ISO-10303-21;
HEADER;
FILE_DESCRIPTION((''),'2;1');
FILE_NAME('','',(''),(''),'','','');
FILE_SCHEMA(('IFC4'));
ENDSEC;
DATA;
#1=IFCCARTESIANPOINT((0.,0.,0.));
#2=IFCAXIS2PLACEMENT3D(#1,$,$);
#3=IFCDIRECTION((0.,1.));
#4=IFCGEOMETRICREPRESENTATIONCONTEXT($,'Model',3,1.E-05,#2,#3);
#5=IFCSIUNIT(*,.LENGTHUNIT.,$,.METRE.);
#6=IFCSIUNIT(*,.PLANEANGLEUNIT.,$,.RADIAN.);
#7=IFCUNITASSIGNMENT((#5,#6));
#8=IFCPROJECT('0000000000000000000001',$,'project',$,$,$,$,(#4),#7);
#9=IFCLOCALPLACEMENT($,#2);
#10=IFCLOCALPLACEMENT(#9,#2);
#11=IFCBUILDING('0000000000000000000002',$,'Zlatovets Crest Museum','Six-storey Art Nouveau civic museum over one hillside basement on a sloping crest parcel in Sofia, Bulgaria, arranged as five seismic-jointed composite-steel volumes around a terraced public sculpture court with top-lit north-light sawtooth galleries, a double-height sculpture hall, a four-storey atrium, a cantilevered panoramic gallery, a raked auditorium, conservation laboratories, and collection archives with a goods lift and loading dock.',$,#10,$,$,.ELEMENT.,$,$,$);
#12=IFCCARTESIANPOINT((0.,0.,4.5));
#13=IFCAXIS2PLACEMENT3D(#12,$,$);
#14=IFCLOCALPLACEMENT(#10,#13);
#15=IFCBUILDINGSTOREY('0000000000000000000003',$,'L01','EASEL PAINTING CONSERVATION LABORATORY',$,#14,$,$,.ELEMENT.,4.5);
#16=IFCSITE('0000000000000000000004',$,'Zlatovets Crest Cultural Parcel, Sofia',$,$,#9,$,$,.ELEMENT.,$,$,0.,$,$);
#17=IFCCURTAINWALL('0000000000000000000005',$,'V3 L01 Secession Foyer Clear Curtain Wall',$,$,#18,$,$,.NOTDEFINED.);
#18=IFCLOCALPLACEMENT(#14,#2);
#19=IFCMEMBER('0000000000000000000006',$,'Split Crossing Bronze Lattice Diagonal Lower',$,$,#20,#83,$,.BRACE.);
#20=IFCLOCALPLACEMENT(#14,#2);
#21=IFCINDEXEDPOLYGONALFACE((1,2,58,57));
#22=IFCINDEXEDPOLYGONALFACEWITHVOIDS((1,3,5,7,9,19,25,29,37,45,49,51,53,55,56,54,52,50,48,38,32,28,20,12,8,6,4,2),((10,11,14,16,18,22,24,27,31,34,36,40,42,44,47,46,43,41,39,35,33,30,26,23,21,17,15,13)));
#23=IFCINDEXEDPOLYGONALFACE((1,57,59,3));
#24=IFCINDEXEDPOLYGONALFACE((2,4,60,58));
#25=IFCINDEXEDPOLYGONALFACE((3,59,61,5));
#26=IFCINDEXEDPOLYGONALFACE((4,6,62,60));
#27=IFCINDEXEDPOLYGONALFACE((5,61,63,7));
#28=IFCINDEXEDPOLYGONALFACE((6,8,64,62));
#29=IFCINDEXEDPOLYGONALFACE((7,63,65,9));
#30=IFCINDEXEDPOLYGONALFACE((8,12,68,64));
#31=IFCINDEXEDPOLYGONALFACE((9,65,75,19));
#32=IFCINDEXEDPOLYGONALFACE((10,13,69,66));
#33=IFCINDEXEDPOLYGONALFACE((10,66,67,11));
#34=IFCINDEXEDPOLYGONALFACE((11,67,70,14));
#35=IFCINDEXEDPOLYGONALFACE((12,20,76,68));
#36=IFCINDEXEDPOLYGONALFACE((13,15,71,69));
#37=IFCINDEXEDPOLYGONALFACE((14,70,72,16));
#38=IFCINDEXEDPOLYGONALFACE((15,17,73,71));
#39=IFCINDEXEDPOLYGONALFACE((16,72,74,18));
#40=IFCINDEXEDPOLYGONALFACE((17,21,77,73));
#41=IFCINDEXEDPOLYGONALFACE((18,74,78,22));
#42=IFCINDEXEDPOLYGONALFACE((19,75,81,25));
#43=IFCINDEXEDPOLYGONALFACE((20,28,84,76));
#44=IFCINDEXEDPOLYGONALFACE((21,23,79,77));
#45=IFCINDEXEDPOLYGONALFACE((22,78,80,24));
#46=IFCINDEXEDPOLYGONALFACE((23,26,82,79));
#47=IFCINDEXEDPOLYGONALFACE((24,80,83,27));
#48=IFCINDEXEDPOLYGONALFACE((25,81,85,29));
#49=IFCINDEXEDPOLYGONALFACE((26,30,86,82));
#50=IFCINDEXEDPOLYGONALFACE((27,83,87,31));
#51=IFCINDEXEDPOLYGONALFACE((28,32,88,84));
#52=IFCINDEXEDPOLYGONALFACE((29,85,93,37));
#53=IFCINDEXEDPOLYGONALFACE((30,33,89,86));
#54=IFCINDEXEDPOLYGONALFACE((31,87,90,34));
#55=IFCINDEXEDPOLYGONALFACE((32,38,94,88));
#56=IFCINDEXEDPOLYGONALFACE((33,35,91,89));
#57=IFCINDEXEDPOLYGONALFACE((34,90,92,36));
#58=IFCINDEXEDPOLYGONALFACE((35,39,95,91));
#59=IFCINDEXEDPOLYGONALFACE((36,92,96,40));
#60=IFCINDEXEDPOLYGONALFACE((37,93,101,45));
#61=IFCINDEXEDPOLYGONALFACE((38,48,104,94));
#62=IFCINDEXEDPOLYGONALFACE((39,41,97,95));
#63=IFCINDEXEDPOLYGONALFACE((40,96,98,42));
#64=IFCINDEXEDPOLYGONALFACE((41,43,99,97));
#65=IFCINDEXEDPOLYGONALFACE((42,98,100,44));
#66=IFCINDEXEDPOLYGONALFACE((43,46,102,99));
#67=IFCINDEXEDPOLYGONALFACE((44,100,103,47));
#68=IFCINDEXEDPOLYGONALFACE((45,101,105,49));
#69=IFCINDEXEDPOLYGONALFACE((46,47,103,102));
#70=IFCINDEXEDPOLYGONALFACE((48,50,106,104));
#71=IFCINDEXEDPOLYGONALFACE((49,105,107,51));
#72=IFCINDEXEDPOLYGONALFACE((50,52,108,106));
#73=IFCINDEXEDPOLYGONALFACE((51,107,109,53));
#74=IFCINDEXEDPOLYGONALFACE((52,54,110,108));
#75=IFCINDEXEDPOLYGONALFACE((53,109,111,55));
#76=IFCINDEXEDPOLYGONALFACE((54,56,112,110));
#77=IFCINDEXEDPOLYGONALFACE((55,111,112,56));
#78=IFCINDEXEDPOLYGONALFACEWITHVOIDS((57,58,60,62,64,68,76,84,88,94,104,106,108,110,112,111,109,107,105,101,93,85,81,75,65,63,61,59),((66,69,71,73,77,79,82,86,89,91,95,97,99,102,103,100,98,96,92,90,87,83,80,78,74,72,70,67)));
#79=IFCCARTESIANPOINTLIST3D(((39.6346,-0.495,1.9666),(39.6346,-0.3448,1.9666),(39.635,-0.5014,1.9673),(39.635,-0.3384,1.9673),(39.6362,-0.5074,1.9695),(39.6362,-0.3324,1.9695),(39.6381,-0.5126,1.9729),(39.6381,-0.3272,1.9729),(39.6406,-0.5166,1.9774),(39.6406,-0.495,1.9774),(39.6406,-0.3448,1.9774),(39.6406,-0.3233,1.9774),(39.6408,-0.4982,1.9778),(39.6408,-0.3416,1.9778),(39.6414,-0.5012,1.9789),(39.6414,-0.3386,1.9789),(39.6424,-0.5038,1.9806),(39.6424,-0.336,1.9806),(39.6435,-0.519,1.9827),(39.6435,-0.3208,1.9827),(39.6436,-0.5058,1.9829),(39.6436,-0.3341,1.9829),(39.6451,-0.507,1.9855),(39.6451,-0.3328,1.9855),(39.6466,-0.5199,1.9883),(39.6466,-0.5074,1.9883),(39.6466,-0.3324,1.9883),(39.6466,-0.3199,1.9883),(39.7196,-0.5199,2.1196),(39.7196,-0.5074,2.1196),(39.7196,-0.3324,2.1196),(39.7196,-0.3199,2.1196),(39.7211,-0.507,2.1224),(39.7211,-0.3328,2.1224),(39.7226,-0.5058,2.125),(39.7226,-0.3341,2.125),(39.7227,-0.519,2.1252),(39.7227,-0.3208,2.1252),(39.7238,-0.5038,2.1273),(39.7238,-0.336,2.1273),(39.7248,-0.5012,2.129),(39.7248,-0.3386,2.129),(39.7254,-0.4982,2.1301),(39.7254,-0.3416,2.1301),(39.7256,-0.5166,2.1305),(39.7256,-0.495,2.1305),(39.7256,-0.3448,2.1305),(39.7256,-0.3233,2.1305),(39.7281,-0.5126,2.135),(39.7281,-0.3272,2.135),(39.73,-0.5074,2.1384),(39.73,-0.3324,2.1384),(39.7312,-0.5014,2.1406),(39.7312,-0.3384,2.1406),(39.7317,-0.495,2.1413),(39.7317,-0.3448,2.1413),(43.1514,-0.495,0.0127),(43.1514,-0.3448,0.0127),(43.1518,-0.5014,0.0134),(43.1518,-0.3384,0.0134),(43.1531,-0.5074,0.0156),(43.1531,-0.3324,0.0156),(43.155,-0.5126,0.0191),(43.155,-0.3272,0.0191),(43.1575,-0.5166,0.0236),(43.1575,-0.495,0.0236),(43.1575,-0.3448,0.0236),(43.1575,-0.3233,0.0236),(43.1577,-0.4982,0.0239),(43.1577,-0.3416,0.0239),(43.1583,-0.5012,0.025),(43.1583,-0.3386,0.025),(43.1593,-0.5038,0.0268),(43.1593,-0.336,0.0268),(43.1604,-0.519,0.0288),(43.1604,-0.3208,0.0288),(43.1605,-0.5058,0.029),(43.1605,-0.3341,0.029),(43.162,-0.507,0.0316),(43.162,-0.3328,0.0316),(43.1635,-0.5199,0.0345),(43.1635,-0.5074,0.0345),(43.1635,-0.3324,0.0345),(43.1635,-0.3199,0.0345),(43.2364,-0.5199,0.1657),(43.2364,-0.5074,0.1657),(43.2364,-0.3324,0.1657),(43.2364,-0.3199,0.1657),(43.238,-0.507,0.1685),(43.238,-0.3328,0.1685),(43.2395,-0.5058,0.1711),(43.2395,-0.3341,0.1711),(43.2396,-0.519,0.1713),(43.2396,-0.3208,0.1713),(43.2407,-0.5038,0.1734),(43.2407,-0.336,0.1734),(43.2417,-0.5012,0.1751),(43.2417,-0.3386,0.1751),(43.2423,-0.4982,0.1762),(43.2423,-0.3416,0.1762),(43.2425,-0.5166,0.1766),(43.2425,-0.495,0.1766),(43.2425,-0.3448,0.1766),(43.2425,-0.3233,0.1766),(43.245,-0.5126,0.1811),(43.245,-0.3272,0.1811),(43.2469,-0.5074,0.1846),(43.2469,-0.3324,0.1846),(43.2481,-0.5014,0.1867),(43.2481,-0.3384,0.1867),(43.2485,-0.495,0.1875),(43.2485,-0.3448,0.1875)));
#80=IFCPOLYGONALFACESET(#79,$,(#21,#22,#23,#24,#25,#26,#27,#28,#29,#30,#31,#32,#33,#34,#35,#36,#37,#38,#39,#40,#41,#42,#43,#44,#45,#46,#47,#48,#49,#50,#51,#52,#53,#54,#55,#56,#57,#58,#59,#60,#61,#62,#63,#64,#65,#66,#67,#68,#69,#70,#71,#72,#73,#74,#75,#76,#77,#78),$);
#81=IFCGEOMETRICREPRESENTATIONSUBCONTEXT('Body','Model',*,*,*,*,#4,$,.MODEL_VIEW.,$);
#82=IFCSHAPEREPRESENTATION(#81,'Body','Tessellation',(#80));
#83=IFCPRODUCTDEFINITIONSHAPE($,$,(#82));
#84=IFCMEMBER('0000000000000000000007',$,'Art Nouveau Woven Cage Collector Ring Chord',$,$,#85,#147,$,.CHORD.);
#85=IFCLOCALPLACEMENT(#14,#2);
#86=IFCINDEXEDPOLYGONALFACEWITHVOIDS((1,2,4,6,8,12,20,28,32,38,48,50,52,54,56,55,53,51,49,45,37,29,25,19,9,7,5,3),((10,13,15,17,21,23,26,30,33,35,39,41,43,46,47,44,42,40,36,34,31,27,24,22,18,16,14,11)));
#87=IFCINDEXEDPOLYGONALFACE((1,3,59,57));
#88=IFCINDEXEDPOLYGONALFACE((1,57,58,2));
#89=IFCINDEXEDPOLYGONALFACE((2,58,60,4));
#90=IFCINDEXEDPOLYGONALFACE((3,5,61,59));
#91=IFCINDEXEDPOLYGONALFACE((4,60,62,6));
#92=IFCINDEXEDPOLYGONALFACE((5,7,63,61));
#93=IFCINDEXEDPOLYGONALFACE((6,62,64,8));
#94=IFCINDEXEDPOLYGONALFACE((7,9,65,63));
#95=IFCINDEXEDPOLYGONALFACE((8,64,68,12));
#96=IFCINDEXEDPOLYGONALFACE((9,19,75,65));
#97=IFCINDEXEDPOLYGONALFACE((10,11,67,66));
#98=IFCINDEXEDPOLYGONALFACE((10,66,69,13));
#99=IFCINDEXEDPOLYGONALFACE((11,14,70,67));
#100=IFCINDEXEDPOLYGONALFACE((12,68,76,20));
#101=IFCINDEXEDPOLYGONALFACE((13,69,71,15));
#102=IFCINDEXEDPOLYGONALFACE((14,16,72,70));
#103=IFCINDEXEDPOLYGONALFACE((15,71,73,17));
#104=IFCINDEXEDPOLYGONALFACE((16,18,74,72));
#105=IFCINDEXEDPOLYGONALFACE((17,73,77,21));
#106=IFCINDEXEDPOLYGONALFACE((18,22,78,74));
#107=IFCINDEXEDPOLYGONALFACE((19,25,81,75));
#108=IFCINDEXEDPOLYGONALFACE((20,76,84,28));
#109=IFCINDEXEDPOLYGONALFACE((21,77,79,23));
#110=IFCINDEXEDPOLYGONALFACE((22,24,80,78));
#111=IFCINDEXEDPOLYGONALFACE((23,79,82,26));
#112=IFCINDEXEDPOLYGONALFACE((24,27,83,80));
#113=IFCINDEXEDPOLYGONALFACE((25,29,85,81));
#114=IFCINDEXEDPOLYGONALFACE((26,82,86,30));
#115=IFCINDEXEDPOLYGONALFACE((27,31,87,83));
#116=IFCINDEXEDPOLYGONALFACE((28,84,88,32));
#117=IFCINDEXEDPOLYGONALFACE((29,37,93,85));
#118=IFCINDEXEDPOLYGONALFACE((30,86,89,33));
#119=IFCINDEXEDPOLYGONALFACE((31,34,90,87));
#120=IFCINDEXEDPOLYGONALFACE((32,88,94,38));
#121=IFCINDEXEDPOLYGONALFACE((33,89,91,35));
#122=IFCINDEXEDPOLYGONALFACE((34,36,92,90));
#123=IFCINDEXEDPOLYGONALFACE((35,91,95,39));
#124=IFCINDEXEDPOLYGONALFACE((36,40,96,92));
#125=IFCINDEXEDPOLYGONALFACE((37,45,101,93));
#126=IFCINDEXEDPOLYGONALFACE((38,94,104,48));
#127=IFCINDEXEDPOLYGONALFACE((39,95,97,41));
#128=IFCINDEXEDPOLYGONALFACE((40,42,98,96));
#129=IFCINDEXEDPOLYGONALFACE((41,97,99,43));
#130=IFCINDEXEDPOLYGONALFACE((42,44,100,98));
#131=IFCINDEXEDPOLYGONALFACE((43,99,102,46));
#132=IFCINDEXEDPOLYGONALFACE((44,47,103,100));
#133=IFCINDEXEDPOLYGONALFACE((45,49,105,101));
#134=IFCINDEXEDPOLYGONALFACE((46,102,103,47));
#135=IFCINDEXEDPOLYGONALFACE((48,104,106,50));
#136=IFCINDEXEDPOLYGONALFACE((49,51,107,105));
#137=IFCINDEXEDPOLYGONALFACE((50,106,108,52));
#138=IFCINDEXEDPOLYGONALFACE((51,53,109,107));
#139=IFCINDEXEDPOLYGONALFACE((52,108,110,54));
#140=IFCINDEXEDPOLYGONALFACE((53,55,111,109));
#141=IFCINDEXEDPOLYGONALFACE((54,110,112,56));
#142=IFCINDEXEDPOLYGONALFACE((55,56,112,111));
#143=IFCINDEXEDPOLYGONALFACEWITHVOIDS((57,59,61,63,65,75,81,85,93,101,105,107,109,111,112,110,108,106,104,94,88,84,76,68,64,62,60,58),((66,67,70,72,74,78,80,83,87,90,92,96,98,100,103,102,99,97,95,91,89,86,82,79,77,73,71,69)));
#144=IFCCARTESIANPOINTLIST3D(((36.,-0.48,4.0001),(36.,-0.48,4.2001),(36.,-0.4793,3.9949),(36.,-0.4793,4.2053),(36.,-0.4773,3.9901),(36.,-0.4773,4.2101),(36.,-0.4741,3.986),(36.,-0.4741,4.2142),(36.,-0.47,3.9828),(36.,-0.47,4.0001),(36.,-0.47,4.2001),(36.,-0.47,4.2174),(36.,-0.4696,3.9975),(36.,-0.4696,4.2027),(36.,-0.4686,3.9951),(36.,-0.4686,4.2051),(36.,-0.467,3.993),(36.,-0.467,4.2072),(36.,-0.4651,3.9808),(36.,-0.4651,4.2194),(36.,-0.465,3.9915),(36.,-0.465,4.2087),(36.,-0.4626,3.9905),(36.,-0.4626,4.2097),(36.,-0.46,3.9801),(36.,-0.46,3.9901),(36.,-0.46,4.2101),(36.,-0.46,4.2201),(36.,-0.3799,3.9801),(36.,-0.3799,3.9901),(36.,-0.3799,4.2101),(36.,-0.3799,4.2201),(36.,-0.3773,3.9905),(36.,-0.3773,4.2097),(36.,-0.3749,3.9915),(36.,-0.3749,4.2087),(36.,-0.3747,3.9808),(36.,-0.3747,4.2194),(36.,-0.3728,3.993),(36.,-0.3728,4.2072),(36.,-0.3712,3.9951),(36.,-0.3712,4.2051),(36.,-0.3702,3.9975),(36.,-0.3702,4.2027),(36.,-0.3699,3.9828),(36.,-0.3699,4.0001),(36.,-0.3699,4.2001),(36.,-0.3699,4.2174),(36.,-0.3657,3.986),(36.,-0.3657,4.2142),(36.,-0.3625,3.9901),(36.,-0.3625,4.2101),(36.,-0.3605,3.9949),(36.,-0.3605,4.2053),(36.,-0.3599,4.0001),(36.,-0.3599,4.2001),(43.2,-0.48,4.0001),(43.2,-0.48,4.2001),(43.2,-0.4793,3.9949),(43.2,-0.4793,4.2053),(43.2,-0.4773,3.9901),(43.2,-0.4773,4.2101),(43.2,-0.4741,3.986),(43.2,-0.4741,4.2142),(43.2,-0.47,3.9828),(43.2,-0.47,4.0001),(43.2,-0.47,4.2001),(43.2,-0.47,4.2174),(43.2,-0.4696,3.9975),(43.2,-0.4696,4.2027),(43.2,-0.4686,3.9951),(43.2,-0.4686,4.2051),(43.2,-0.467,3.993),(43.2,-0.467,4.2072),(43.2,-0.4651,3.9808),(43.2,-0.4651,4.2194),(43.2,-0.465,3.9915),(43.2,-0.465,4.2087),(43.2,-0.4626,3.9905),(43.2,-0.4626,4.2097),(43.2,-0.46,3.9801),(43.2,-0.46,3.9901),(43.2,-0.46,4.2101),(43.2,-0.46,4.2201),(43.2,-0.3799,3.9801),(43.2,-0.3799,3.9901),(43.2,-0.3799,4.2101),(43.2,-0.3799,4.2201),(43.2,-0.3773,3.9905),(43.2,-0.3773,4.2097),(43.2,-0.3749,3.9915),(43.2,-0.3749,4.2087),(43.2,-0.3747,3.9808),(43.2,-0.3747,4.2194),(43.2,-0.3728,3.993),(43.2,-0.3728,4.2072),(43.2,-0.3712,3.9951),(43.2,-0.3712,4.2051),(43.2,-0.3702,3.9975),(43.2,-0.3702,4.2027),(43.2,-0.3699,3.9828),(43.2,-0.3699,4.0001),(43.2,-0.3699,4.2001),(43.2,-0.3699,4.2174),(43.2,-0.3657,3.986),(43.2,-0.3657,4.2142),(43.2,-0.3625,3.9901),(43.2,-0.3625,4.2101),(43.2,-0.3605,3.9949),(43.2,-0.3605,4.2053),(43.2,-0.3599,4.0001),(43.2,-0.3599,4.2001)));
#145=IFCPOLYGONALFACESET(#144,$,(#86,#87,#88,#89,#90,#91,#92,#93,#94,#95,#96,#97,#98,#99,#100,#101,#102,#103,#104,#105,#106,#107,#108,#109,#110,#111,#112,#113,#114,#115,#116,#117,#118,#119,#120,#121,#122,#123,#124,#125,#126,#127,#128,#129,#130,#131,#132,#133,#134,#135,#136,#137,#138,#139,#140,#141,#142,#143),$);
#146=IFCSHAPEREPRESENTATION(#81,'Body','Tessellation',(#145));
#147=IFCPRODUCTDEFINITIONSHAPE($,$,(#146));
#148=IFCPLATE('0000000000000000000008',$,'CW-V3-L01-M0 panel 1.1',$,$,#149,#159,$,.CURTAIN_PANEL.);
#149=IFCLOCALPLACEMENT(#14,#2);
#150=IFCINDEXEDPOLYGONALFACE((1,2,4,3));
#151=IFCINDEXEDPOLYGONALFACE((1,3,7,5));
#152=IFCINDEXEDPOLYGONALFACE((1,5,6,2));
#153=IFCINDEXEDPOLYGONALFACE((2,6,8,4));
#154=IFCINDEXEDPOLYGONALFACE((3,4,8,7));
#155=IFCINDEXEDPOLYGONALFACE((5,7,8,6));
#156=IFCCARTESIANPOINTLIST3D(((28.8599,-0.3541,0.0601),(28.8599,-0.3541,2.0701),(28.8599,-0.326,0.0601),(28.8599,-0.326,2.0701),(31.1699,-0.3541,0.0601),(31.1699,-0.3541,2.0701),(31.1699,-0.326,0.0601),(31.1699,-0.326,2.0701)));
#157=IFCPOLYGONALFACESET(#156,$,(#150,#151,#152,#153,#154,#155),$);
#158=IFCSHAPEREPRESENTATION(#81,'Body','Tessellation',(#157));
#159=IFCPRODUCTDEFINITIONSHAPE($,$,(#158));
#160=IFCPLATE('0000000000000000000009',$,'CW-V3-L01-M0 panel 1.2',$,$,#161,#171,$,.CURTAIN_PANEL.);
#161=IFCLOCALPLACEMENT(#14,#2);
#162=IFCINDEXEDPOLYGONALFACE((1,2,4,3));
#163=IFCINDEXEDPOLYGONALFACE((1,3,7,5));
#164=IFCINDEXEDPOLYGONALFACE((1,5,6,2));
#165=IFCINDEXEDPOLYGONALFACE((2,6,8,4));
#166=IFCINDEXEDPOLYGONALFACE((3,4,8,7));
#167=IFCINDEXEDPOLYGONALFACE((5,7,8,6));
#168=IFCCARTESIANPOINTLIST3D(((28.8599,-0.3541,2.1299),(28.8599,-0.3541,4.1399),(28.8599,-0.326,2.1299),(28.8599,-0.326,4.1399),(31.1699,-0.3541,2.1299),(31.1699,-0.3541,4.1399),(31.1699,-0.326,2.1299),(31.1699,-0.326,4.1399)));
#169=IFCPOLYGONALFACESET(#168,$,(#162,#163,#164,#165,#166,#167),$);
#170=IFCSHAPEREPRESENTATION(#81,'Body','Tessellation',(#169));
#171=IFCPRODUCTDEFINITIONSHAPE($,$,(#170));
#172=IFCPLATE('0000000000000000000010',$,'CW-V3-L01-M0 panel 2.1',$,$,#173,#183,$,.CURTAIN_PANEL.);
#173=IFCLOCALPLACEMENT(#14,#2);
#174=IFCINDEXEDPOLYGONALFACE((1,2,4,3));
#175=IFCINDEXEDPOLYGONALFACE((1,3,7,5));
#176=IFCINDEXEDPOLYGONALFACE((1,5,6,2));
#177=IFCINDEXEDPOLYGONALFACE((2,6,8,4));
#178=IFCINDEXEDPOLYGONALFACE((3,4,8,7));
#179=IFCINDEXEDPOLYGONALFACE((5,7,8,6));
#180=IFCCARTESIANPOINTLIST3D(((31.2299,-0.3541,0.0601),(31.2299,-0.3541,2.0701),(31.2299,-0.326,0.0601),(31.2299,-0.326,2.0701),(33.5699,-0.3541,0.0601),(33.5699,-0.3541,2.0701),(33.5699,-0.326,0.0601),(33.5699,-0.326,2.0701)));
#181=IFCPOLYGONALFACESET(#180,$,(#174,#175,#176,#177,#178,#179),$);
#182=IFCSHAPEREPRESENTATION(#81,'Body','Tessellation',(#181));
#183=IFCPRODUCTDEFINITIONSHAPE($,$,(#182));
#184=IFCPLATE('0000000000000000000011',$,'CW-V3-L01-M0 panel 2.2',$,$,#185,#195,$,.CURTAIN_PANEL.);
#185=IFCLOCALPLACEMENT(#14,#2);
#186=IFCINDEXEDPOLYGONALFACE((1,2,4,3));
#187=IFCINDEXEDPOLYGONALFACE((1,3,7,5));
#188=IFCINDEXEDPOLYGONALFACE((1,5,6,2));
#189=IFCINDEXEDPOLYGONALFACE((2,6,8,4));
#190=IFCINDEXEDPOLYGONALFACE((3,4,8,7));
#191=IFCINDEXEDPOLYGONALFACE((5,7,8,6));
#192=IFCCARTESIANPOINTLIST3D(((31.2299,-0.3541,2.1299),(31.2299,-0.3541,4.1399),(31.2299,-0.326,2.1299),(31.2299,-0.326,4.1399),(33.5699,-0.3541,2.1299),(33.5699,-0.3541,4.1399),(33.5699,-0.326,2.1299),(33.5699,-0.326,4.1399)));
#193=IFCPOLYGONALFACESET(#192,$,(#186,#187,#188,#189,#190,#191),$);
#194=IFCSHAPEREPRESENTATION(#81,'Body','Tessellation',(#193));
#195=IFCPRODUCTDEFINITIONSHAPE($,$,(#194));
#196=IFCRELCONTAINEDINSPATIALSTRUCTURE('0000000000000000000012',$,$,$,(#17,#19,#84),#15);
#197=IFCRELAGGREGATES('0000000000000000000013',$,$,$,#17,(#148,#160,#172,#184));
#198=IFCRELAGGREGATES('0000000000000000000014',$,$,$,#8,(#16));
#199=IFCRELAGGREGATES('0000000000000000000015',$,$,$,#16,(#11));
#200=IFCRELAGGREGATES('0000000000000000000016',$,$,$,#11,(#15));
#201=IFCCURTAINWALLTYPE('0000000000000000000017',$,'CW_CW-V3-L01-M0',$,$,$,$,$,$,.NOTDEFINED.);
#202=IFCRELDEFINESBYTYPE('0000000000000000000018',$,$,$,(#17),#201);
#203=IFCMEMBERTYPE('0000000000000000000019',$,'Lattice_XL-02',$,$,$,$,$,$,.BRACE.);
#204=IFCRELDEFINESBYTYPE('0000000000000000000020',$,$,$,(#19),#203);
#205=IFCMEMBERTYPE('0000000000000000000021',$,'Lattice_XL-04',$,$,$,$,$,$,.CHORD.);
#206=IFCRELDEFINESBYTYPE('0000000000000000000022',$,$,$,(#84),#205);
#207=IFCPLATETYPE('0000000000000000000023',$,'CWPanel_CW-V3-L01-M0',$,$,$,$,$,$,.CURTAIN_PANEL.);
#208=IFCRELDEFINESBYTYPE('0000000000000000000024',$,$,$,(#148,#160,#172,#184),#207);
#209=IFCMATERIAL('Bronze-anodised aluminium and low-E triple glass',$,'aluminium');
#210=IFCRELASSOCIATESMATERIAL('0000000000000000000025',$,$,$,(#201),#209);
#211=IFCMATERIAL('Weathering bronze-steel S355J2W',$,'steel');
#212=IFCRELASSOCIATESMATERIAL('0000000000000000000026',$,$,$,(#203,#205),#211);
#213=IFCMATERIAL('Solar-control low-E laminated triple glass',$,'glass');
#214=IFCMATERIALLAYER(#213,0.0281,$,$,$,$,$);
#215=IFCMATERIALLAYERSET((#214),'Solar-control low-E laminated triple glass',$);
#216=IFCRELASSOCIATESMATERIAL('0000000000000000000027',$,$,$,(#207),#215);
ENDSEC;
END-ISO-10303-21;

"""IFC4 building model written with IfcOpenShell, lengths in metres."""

from ifc_helpers import new_model, si_unit, direction, frame, origin, origin_2d, place, context, subcontext, project, spatial, rectangle, hollow_rectangle, extrude, material, layer, layer_set, material_profile, profile_set, type_object, element, aggregate, save


model = new_model("IFC4")

# Units and contexts
model_context = context("Model", 3, precision=1e-05, world=origin(), true_north=direction((0.0, 1.0)))
body_context = subcontext(model_context, "Body", "Model", "MODEL_VIEW")
ifc_project = project(units=[si_unit("LENGTHUNIT", "METRE"), si_unit("PLANEANGLEUNIT", "RADIAN")], contexts=[model_context])

# Site, building, storey
site_placement = place(None, origin())
site = spatial("IfcSite", under=ifc_project, at=site_placement, Name="Zlatovets Crest Cultural Parcel, Sofia", CompositionType="ELEMENT", RefElevation=0.0)
building_placement = place(site_placement, origin())
building = spatial("IfcBuilding", under=site, at=building_placement, Name="Zlatovets Crest Museum", Description="Six-storey Art Nouveau civic museum over one hillside basement on a sloping crest parcel in Sofia, Bulgaria, arranged as five seismic-jointed composite-steel volumes around a terraced public sculpture court with top-lit north-light sawtooth galleries, a double-height sculpture hall, a four-storey atrium, a cantilevered panoramic gallery, a raked auditorium, conservation laboratories, and collection archives with a goods lift and loading dock.", CompositionType="ELEMENT")
storey_placement = place(building_placement, frame((0.0, 0.0, 4.5)))
storey = spatial("IfcBuildingStorey", under=building, at=storey_placement, Name="L01", Description="EASEL PAINTING CONSERVATION LABORATORY", CompositionType="ELEMENT", Elevation=4.5)

# Curtain wall
ifc_material_1 = material(Name="Bronze-anodised aluminium and low-E triple glass", Category="aluminium")
curtain_wall_type_1 = type_object("IfcCurtainWallType", Name="CW_CW-V3-L01-M0", PredefinedType="NOTDEFINED", material=ifc_material_1)
curtain_wall_1_placement = place(storey_placement, origin())
curtain_wall_1 = element("IfcCurtainWall", 1, at=curtain_wall_1_placement, inside=storey, type_object=curtain_wall_type_1, Name="V3 L01 Secession Foyer Clear Curtain Wall", PredefinedType="NOTDEFINED")

# Members
ifc_material_2 = material(Name="Weathering bronze-steel S355J2W", Category="steel")
ifc_material_profile_1 = material_profile(ifc_material_2, hollow_rectangle(XDim=0.2, YDim=0.2, WallThickness=0.0125, InnerFilletRadius=0.0125, OuterFilletRadius=0.0249, at=origin_2d()), Name="SHS 200x200x12.5")
ifc_profile_set_1 = profile_set([ifc_material_profile_1], Name="Weathering bronze-steel S355J2W")
member_type_1 = type_object("IfcMemberType", Name="Lattice_XL-02", PredefinedType="BRACE", material=ifc_profile_set_1)
member_1_placement = place(storey_placement, frame((39.6831, -0.4199, 2.054), z_axis=(0.874152, 0.0, -0.485653), x_axis=(0.0, 1.0, 0.0)))
element("IfcMember", 2, at=member_1_placement, inside=storey, type_object=member_type_1, Name="Split Crossing Bronze Lattice Diagonal Lower", PredefinedType="BRACE", context=body_context, shape_type="SweptSolid", body=[
    extrude(hollow_rectangle(XDim=0.2, YDim=0.2, WallThickness=0.0125, InnerFilletRadius=0.0125, OuterFilletRadius=0.0249, at=origin_2d()), origin(), (0.0, 0.0, 1.0), 4.0232),
])
ifc_material_profile_2 = material_profile(ifc_material_2, hollow_rectangle(XDim=0.1201, YDim=0.24, WallThickness=0.01, InnerFilletRadius=0.01, OuterFilletRadius=0.02, at=origin_2d()), Name="RHS 120x240x10.0")
ifc_profile_set_2 = profile_set([ifc_material_profile_2], Name="Weathering bronze-steel S355J2W")
member_type_2 = type_object("IfcMemberType", Name="Lattice_XL-04", PredefinedType="CHORD", material=ifc_profile_set_2)
member_2_placement = place(storey_placement, frame((36.0, -0.4199, 4.1001), z_axis=(1.0, 0.0, 0.0), x_axis=(0.0, 1.0, 0.0)))
element("IfcMember", 3, at=member_2_placement, inside=storey, type_object=member_type_2, Name="Art Nouveau Woven Cage Collector Ring Chord", PredefinedType="CHORD", context=body_context, shape_type="SweptSolid", body=[
    extrude(hollow_rectangle(XDim=0.1201, YDim=0.24, WallThickness=0.01, InnerFilletRadius=0.01, OuterFilletRadius=0.02, at=origin_2d()), origin(), (0.0, 0.0, 1.0), 7.2),
])

# Plates
ifc_material_3 = material(Name="Solar-control low-E laminated triple glass", Category="glass")
ifc_layer_1 = layer(ifc_material_3, 0.0281)
ifc_layer_set_1 = layer_set([ifc_layer_1], Name="Solar-control low-E laminated triple glass")
plate_type_1 = type_object("IfcPlateType", Name="CWPanel_CW-V3-L01-M0", PredefinedType="CURTAIN_PANEL", material=ifc_layer_set_1)
plate_1_placement = place(storey_placement, frame((30.0149, -0.3401, 0.0601), z_axis=(0.0, 0.0, 1.0), x_axis=(1.0, 0.0, 0.0)))
plate_1 = element("IfcPlate", 4, at=plate_1_placement, type_object=plate_type_1, Name="CW-V3-L01-M0 panel 1.1", PredefinedType="CURTAIN_PANEL", context=body_context, shape_type="SweptSolid", body=[
    extrude(rectangle(XDim=2.3101, YDim=0.0281, at=origin_2d()), origin(), (0.0, 0.0, 1.0), 2.01),
])
plate_2_placement = place(storey_placement, frame((30.0149, -0.3401, 2.1299), z_axis=(0.0, 0.0, 1.0), x_axis=(1.0, 0.0, 0.0)))
plate_2 = element("IfcPlate", 5, at=plate_2_placement, type_object=plate_type_1, Name="CW-V3-L01-M0 panel 1.2", PredefinedType="CURTAIN_PANEL", context=body_context, shape_type="SweptSolid", body=[
    extrude(rectangle(XDim=2.3101, YDim=0.0281, at=origin_2d()), origin(), (0.0, 0.0, 1.0), 2.01),
])
plate_3_placement = place(storey_placement, frame((32.3999, -0.3401, 0.0601), z_axis=(0.0, 0.0, 1.0), x_axis=(1.0, 0.0, 0.0)))
plate_3 = element("IfcPlate", 6, at=plate_3_placement, type_object=plate_type_1, Name="CW-V3-L01-M0 panel 2.1", PredefinedType="CURTAIN_PANEL", context=body_context, shape_type="SweptSolid", body=[
    extrude(rectangle(XDim=2.3401, YDim=0.0281, at=origin_2d()), origin(), (0.0, 0.0, 1.0), 2.01),
])
plate_4_placement = place(storey_placement, frame((32.3999, -0.3401, 2.1299), z_axis=(0.0, 0.0, 1.0), x_axis=(1.0, 0.0, 0.0)))
plate_4 = element("IfcPlate", 7, at=plate_4_placement, type_object=plate_type_1, Name="CW-V3-L01-M0 panel 2.2", PredefinedType="CURTAIN_PANEL", context=body_context, shape_type="SweptSolid", body=[
    extrude(rectangle(XDim=2.3401, YDim=0.0281, at=origin_2d()), origin(), (0.0, 0.0, 1.0), 2.01),
])
aggregate(curtain_wall_1, [plate_1, plate_2, plate_3, plate_4])

save(model, "model.ifc")
